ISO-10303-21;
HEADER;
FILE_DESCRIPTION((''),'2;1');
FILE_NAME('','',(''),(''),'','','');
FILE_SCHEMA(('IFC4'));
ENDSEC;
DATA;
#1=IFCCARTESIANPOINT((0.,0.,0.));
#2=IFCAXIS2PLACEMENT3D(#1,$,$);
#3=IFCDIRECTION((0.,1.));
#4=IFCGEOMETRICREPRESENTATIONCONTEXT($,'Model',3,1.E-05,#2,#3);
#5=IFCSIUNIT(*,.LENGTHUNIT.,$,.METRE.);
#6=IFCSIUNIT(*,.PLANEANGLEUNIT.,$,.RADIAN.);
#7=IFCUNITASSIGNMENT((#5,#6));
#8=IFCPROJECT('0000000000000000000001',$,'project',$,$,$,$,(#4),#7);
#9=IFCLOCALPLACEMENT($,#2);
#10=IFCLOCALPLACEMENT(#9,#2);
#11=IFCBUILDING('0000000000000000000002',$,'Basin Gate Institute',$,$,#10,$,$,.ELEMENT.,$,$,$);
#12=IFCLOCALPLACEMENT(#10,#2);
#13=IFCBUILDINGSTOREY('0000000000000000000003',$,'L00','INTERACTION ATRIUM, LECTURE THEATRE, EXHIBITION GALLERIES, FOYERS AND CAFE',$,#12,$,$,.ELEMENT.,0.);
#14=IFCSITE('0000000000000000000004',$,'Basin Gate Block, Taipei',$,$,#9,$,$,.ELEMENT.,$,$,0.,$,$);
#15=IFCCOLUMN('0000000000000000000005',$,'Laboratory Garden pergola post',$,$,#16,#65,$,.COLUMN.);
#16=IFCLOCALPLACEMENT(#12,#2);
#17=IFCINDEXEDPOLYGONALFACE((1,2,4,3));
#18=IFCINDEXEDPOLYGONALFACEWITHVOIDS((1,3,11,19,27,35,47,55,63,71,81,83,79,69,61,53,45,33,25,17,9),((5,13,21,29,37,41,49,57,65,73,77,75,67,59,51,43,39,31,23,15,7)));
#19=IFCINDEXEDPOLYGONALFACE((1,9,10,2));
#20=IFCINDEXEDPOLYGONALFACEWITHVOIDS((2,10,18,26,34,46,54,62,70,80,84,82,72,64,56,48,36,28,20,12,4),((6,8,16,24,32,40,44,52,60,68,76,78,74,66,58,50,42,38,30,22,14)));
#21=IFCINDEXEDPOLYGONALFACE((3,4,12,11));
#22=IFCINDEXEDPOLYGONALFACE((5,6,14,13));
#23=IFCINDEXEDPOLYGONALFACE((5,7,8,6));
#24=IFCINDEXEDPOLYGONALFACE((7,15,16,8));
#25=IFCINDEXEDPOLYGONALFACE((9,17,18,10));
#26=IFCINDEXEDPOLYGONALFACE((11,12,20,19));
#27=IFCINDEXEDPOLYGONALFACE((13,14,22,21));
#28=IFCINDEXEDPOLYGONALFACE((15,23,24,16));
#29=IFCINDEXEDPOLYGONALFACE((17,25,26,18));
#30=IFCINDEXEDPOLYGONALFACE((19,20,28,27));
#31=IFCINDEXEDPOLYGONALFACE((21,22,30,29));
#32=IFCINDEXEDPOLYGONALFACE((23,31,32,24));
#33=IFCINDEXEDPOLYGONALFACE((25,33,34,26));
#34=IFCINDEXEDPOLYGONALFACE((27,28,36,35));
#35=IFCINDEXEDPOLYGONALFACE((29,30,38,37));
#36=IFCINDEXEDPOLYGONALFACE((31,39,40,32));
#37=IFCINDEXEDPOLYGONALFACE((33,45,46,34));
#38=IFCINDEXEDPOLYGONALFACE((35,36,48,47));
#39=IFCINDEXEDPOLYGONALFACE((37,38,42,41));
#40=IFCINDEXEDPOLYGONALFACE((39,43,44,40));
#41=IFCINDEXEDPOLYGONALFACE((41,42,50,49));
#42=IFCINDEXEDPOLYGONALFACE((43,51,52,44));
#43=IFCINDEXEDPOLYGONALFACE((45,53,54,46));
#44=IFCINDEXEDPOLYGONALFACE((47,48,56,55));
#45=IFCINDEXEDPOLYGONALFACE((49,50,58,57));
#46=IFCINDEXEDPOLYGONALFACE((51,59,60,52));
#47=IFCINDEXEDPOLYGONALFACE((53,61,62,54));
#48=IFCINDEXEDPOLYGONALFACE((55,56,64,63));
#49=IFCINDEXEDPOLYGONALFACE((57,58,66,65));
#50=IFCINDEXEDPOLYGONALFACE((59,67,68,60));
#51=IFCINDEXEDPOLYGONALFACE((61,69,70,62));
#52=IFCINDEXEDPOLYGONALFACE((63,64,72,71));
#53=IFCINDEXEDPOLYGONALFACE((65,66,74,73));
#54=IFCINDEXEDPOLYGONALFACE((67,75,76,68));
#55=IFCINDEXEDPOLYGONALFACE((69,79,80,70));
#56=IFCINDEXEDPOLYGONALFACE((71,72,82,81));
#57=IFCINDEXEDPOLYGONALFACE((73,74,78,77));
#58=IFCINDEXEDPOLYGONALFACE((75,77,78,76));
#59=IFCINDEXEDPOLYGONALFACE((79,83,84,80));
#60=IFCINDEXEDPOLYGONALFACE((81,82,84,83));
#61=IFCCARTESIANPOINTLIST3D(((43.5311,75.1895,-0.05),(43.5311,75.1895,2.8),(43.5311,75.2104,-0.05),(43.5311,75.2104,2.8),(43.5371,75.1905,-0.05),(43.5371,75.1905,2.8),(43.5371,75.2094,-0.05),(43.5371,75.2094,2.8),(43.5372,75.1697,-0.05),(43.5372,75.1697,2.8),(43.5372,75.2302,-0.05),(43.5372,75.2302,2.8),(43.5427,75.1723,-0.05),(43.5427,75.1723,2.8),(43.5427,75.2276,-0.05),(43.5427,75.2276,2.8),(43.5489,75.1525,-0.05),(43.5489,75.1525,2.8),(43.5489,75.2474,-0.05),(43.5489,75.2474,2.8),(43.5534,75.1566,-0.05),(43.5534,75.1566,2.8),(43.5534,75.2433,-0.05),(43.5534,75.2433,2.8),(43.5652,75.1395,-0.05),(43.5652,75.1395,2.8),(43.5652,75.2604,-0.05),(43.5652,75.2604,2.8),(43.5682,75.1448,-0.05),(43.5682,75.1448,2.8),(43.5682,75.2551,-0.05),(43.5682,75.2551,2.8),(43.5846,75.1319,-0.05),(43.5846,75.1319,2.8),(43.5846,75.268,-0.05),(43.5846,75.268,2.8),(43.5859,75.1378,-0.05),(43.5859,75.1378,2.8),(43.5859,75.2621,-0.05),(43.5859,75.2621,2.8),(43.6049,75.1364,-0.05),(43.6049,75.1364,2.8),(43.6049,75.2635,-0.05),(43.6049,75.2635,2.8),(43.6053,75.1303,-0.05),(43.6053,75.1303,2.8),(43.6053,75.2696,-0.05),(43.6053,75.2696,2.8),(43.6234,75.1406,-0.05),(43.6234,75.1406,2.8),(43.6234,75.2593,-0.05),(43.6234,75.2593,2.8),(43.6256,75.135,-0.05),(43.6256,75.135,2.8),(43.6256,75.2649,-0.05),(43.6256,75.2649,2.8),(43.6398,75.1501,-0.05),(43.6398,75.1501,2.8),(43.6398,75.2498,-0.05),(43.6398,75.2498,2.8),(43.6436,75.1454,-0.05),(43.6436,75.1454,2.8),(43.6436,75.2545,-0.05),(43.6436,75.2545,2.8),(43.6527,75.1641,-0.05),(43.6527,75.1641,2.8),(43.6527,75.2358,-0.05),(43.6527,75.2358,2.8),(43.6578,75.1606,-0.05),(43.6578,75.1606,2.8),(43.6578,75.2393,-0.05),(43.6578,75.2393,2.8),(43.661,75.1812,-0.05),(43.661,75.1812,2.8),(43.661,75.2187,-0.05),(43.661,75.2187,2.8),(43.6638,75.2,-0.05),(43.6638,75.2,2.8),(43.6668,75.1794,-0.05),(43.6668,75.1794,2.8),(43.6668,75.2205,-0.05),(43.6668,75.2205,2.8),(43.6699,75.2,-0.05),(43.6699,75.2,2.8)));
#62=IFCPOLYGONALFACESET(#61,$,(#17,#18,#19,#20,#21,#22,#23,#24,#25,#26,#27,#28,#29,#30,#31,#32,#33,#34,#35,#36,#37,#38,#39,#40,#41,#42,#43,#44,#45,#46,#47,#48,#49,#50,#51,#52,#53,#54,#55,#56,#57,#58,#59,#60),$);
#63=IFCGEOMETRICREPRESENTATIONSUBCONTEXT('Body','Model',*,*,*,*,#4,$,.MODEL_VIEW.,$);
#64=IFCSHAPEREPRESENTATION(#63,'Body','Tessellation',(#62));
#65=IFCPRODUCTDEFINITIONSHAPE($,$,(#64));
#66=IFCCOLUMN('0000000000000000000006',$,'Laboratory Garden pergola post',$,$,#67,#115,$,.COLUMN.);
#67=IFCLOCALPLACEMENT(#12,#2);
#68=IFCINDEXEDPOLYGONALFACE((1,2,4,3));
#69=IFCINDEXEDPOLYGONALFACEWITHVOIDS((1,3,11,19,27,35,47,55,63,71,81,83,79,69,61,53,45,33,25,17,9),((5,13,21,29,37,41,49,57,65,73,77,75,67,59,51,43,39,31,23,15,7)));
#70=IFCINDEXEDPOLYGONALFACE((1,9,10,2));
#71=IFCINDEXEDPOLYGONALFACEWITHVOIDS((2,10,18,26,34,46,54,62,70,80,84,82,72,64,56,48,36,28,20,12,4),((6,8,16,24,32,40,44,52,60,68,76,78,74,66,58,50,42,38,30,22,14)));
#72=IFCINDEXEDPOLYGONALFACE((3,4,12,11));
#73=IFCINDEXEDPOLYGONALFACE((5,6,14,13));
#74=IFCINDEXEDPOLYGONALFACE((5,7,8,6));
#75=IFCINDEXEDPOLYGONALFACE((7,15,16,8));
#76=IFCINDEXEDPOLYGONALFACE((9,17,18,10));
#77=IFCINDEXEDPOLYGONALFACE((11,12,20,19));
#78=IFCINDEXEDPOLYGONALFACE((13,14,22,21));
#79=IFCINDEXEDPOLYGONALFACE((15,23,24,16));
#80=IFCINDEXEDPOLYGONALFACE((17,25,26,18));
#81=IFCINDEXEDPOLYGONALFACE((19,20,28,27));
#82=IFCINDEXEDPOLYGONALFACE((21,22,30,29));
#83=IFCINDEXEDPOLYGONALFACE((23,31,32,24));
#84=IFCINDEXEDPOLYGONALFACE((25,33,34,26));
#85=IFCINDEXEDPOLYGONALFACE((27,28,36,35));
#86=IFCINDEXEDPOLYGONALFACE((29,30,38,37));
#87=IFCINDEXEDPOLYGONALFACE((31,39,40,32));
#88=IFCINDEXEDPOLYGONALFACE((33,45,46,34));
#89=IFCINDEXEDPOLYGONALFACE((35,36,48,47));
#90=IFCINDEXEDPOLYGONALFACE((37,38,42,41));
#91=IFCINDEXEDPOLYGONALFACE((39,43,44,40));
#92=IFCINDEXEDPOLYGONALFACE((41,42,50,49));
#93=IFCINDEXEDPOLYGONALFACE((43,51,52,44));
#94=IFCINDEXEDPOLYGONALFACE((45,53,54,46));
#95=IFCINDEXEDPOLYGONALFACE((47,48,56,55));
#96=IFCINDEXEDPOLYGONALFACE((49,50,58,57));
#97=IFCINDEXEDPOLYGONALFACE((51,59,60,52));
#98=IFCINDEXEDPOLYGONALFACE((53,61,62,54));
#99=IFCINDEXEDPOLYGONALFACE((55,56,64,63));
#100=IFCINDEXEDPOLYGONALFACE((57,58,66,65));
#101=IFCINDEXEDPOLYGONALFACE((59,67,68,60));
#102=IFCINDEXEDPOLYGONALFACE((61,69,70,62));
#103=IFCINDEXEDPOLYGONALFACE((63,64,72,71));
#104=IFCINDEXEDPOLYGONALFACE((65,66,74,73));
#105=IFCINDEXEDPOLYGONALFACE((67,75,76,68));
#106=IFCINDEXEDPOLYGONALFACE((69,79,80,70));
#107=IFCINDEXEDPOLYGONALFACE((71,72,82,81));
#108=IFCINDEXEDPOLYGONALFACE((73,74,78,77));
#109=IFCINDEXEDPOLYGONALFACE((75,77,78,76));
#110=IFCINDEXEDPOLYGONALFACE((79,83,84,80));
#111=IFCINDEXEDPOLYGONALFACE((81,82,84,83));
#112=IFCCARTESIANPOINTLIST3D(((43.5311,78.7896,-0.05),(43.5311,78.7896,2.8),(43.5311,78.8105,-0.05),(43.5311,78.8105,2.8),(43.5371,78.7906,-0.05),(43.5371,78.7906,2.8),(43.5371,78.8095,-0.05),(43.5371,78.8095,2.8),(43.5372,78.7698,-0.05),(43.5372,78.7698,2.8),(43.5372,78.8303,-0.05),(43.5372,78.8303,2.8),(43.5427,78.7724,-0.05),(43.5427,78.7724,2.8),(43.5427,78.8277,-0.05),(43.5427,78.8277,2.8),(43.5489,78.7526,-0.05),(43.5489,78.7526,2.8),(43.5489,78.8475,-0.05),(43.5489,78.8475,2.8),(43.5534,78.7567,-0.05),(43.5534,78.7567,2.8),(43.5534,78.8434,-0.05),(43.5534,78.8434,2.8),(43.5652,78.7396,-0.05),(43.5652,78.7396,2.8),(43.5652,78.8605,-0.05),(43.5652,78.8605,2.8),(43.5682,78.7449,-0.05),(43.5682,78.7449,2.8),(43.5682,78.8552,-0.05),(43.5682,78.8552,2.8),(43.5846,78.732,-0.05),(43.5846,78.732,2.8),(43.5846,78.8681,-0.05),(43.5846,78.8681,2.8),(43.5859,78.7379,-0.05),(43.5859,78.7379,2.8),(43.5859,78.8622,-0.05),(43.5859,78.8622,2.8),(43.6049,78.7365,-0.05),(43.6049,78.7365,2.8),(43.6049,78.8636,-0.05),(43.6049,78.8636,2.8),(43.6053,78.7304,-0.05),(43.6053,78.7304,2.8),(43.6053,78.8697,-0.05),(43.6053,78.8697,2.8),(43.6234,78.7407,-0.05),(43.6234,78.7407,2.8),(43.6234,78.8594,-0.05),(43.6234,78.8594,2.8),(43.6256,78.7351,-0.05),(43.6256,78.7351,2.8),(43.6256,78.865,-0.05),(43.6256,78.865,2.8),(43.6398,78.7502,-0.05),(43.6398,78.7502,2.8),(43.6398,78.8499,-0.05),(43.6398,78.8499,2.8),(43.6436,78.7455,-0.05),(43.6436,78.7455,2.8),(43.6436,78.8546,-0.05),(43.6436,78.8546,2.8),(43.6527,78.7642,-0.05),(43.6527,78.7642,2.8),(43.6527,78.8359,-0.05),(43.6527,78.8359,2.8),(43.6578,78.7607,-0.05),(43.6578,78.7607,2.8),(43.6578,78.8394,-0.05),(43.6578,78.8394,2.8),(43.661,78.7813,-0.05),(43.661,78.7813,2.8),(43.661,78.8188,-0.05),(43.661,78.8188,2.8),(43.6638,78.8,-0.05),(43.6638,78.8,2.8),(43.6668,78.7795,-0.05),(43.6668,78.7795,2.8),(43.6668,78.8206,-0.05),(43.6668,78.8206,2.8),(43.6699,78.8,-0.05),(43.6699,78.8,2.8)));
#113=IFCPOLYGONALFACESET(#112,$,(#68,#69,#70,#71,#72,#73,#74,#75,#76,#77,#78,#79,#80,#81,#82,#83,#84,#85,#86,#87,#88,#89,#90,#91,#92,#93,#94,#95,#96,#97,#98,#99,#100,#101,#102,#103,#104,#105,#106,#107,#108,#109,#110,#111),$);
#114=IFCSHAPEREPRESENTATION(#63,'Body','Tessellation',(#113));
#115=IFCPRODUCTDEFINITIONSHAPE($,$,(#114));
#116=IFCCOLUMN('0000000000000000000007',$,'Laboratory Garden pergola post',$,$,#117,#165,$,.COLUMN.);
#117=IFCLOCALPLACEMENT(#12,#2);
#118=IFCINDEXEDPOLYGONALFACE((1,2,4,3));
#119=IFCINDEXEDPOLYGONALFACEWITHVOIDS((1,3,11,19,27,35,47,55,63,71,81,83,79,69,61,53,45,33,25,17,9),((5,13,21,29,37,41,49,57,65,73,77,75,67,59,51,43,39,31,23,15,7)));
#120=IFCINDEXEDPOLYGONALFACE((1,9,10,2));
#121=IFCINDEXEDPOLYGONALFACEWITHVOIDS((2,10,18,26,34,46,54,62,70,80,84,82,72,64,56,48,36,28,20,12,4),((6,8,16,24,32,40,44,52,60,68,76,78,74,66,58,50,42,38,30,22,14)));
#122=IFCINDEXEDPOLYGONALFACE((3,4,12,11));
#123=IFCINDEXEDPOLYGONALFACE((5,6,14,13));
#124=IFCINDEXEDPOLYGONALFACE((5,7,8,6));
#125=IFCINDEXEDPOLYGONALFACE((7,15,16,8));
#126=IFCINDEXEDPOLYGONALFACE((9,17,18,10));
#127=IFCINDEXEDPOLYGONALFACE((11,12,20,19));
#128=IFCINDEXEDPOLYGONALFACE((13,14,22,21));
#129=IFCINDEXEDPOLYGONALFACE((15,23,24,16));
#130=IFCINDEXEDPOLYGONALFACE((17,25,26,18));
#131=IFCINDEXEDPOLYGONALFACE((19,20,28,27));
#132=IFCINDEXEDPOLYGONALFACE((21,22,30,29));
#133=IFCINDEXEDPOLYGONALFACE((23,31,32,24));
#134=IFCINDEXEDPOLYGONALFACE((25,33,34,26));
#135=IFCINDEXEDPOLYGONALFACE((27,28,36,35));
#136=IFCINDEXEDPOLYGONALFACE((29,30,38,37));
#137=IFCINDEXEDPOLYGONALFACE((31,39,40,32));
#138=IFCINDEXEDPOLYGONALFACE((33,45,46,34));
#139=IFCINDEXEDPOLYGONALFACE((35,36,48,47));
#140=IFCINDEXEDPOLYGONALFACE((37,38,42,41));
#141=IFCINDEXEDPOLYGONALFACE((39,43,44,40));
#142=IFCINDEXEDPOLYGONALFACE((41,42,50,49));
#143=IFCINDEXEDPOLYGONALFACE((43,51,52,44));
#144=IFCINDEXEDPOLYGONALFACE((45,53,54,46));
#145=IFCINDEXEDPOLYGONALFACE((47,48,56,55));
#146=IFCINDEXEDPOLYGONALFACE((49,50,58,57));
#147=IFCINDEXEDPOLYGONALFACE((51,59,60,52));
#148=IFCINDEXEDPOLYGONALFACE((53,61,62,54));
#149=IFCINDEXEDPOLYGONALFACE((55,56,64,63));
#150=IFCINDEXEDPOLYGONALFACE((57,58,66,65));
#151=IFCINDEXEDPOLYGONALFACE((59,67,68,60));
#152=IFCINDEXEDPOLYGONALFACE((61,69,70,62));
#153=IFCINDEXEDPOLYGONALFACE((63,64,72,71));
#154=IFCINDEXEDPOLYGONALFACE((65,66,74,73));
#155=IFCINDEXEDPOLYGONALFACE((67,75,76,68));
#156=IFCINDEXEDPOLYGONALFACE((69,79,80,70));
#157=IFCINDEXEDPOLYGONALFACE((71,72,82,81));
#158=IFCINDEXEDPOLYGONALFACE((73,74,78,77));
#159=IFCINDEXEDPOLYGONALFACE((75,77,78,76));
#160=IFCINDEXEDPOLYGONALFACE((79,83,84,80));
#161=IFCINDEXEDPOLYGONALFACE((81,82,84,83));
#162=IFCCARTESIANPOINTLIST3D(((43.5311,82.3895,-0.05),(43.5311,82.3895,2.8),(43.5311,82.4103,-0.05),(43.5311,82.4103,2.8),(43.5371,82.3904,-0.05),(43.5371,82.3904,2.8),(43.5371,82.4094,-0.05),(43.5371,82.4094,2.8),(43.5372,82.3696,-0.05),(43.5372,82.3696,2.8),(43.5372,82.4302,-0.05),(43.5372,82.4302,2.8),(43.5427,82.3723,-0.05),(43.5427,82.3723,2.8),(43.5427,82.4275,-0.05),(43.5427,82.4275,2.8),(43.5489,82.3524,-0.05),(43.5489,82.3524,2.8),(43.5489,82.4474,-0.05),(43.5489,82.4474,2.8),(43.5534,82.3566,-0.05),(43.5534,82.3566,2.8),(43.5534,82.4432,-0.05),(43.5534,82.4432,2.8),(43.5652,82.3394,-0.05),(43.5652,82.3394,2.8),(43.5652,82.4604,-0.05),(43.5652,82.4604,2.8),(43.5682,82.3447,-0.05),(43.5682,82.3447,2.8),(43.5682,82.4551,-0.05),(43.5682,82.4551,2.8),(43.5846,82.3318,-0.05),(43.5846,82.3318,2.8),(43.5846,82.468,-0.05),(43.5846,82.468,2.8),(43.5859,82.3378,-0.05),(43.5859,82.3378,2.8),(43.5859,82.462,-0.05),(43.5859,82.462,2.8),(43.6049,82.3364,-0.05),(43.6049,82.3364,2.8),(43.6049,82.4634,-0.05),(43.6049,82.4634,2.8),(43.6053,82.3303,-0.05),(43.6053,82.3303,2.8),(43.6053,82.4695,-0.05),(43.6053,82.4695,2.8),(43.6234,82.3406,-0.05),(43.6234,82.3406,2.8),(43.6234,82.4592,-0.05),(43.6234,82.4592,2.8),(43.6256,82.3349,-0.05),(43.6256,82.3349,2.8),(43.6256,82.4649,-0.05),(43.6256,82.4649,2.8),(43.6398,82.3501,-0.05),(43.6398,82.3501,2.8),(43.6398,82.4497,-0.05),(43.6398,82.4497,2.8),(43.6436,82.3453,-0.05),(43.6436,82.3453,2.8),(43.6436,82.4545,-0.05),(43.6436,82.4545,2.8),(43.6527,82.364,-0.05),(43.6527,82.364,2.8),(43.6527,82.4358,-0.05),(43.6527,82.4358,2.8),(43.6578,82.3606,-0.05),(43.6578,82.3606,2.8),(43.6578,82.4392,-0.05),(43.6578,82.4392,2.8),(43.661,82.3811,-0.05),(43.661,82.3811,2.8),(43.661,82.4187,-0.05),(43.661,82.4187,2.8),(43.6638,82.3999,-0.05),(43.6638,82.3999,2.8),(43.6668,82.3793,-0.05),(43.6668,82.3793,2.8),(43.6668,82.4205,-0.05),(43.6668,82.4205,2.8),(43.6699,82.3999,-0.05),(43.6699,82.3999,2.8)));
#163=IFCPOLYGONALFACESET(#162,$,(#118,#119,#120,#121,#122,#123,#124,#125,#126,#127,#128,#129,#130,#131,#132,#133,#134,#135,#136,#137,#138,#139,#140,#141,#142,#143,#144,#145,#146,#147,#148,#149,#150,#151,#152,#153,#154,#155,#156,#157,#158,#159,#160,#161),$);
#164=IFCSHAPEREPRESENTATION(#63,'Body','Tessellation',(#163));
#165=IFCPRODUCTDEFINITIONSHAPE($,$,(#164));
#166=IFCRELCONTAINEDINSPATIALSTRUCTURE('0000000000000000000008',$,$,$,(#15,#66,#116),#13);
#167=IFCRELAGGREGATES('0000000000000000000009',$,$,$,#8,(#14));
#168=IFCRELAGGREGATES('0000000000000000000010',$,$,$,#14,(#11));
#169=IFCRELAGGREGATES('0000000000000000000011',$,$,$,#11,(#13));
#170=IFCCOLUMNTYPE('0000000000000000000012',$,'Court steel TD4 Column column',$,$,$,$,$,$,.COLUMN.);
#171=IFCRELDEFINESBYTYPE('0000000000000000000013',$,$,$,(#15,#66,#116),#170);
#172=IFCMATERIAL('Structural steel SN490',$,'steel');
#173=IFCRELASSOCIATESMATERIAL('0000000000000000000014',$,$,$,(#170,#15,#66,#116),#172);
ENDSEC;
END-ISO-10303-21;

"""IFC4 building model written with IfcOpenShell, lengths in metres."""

from ifc_helpers import new_model, si_unit, direction, frame, origin, origin_2d, place, context, subcontext, project, spatial, hollow_circle, extrude, material, material_profile, profile_set, type_object, element, save


model = new_model("IFC4")

# Units and contexts
model_context = context("Model", 3, precision=1e-05, world=origin(), true_north=direction((0.0, 1.0)))
body_context = subcontext(model_context, "Body", "Model", "MODEL_VIEW")
ifc_project = project(units=[si_unit("LENGTHUNIT", "METRE"), si_unit("PLANEANGLEUNIT", "RADIAN")], contexts=[model_context])

# Site, building, storey
site_placement = place(None, origin())
site = spatial("IfcSite", under=ifc_project, at=site_placement, Name="Basin Gate Block, Taipei", CompositionType="ELEMENT", RefElevation=0.0)
building_placement = place(site_placement, origin())
building = spatial("IfcBuilding", under=site, at=building_placement, Name="Basin Gate Institute", CompositionType="ELEMENT")
storey_placement = place(building_placement, origin())
storey = spatial("IfcBuildingStorey", under=building, at=storey_placement, Name="L00", Description="INTERACTION ATRIUM, LECTURE THEATRE, EXHIBITION GALLERIES, FOYERS AND CAFE", CompositionType="ELEMENT", Elevation=0.0)

# Columns
ifc_material_1 = material(Name="Structural steel SN490", Category="steel")
ifc_material_profile_1 = material_profile(ifc_material_1, hollow_circle(Radius=0.0698, WallThickness=0.0061, at=origin_2d()), Name="CHS139x6")
ifc_profile_set_1 = profile_set([ifc_material_profile_1], Name="Structural steel SN490")
column_type = type_object("IfcColumnType", Name="Court steel TD4 Column column", PredefinedType="COLUMN", material=ifc_profile_set_1)
for number, where, z_axis, x_axis, name in (
    (1, (43.6001, 75.2, -0.05), (0.0, 0.0, 1.0), (1.0, 0.0, 0.0), "Laboratory Garden pergola post"),
    (2, (43.6001, 78.8, -0.05), (0.0, 0.0, 1.0), (1.0, 0.0, 0.0), "Laboratory Garden pergola post"),
    (3, (43.6001, 82.3999, -0.05), (0.0, 0.0, 1.0), (1.0, 0.0, 0.0), "Laboratory Garden pergola post"),
):
    element("IfcColumn", number, at=place(storey_placement, frame(where, z_axis=z_axis, x_axis=x_axis)), inside=storey, type_object=column_type, material=ifc_profile_set_1, Name=name, PredefinedType="COLUMN", context=body_context, shape_type="SweptSolid", body=[
        extrude(hollow_circle(Radius=0.0698, WallThickness=0.0061, at=origin_2d()), origin(), (0.0, 0.0, 1.0), 2.8501),
    ])

save(model, "model.ifc")
